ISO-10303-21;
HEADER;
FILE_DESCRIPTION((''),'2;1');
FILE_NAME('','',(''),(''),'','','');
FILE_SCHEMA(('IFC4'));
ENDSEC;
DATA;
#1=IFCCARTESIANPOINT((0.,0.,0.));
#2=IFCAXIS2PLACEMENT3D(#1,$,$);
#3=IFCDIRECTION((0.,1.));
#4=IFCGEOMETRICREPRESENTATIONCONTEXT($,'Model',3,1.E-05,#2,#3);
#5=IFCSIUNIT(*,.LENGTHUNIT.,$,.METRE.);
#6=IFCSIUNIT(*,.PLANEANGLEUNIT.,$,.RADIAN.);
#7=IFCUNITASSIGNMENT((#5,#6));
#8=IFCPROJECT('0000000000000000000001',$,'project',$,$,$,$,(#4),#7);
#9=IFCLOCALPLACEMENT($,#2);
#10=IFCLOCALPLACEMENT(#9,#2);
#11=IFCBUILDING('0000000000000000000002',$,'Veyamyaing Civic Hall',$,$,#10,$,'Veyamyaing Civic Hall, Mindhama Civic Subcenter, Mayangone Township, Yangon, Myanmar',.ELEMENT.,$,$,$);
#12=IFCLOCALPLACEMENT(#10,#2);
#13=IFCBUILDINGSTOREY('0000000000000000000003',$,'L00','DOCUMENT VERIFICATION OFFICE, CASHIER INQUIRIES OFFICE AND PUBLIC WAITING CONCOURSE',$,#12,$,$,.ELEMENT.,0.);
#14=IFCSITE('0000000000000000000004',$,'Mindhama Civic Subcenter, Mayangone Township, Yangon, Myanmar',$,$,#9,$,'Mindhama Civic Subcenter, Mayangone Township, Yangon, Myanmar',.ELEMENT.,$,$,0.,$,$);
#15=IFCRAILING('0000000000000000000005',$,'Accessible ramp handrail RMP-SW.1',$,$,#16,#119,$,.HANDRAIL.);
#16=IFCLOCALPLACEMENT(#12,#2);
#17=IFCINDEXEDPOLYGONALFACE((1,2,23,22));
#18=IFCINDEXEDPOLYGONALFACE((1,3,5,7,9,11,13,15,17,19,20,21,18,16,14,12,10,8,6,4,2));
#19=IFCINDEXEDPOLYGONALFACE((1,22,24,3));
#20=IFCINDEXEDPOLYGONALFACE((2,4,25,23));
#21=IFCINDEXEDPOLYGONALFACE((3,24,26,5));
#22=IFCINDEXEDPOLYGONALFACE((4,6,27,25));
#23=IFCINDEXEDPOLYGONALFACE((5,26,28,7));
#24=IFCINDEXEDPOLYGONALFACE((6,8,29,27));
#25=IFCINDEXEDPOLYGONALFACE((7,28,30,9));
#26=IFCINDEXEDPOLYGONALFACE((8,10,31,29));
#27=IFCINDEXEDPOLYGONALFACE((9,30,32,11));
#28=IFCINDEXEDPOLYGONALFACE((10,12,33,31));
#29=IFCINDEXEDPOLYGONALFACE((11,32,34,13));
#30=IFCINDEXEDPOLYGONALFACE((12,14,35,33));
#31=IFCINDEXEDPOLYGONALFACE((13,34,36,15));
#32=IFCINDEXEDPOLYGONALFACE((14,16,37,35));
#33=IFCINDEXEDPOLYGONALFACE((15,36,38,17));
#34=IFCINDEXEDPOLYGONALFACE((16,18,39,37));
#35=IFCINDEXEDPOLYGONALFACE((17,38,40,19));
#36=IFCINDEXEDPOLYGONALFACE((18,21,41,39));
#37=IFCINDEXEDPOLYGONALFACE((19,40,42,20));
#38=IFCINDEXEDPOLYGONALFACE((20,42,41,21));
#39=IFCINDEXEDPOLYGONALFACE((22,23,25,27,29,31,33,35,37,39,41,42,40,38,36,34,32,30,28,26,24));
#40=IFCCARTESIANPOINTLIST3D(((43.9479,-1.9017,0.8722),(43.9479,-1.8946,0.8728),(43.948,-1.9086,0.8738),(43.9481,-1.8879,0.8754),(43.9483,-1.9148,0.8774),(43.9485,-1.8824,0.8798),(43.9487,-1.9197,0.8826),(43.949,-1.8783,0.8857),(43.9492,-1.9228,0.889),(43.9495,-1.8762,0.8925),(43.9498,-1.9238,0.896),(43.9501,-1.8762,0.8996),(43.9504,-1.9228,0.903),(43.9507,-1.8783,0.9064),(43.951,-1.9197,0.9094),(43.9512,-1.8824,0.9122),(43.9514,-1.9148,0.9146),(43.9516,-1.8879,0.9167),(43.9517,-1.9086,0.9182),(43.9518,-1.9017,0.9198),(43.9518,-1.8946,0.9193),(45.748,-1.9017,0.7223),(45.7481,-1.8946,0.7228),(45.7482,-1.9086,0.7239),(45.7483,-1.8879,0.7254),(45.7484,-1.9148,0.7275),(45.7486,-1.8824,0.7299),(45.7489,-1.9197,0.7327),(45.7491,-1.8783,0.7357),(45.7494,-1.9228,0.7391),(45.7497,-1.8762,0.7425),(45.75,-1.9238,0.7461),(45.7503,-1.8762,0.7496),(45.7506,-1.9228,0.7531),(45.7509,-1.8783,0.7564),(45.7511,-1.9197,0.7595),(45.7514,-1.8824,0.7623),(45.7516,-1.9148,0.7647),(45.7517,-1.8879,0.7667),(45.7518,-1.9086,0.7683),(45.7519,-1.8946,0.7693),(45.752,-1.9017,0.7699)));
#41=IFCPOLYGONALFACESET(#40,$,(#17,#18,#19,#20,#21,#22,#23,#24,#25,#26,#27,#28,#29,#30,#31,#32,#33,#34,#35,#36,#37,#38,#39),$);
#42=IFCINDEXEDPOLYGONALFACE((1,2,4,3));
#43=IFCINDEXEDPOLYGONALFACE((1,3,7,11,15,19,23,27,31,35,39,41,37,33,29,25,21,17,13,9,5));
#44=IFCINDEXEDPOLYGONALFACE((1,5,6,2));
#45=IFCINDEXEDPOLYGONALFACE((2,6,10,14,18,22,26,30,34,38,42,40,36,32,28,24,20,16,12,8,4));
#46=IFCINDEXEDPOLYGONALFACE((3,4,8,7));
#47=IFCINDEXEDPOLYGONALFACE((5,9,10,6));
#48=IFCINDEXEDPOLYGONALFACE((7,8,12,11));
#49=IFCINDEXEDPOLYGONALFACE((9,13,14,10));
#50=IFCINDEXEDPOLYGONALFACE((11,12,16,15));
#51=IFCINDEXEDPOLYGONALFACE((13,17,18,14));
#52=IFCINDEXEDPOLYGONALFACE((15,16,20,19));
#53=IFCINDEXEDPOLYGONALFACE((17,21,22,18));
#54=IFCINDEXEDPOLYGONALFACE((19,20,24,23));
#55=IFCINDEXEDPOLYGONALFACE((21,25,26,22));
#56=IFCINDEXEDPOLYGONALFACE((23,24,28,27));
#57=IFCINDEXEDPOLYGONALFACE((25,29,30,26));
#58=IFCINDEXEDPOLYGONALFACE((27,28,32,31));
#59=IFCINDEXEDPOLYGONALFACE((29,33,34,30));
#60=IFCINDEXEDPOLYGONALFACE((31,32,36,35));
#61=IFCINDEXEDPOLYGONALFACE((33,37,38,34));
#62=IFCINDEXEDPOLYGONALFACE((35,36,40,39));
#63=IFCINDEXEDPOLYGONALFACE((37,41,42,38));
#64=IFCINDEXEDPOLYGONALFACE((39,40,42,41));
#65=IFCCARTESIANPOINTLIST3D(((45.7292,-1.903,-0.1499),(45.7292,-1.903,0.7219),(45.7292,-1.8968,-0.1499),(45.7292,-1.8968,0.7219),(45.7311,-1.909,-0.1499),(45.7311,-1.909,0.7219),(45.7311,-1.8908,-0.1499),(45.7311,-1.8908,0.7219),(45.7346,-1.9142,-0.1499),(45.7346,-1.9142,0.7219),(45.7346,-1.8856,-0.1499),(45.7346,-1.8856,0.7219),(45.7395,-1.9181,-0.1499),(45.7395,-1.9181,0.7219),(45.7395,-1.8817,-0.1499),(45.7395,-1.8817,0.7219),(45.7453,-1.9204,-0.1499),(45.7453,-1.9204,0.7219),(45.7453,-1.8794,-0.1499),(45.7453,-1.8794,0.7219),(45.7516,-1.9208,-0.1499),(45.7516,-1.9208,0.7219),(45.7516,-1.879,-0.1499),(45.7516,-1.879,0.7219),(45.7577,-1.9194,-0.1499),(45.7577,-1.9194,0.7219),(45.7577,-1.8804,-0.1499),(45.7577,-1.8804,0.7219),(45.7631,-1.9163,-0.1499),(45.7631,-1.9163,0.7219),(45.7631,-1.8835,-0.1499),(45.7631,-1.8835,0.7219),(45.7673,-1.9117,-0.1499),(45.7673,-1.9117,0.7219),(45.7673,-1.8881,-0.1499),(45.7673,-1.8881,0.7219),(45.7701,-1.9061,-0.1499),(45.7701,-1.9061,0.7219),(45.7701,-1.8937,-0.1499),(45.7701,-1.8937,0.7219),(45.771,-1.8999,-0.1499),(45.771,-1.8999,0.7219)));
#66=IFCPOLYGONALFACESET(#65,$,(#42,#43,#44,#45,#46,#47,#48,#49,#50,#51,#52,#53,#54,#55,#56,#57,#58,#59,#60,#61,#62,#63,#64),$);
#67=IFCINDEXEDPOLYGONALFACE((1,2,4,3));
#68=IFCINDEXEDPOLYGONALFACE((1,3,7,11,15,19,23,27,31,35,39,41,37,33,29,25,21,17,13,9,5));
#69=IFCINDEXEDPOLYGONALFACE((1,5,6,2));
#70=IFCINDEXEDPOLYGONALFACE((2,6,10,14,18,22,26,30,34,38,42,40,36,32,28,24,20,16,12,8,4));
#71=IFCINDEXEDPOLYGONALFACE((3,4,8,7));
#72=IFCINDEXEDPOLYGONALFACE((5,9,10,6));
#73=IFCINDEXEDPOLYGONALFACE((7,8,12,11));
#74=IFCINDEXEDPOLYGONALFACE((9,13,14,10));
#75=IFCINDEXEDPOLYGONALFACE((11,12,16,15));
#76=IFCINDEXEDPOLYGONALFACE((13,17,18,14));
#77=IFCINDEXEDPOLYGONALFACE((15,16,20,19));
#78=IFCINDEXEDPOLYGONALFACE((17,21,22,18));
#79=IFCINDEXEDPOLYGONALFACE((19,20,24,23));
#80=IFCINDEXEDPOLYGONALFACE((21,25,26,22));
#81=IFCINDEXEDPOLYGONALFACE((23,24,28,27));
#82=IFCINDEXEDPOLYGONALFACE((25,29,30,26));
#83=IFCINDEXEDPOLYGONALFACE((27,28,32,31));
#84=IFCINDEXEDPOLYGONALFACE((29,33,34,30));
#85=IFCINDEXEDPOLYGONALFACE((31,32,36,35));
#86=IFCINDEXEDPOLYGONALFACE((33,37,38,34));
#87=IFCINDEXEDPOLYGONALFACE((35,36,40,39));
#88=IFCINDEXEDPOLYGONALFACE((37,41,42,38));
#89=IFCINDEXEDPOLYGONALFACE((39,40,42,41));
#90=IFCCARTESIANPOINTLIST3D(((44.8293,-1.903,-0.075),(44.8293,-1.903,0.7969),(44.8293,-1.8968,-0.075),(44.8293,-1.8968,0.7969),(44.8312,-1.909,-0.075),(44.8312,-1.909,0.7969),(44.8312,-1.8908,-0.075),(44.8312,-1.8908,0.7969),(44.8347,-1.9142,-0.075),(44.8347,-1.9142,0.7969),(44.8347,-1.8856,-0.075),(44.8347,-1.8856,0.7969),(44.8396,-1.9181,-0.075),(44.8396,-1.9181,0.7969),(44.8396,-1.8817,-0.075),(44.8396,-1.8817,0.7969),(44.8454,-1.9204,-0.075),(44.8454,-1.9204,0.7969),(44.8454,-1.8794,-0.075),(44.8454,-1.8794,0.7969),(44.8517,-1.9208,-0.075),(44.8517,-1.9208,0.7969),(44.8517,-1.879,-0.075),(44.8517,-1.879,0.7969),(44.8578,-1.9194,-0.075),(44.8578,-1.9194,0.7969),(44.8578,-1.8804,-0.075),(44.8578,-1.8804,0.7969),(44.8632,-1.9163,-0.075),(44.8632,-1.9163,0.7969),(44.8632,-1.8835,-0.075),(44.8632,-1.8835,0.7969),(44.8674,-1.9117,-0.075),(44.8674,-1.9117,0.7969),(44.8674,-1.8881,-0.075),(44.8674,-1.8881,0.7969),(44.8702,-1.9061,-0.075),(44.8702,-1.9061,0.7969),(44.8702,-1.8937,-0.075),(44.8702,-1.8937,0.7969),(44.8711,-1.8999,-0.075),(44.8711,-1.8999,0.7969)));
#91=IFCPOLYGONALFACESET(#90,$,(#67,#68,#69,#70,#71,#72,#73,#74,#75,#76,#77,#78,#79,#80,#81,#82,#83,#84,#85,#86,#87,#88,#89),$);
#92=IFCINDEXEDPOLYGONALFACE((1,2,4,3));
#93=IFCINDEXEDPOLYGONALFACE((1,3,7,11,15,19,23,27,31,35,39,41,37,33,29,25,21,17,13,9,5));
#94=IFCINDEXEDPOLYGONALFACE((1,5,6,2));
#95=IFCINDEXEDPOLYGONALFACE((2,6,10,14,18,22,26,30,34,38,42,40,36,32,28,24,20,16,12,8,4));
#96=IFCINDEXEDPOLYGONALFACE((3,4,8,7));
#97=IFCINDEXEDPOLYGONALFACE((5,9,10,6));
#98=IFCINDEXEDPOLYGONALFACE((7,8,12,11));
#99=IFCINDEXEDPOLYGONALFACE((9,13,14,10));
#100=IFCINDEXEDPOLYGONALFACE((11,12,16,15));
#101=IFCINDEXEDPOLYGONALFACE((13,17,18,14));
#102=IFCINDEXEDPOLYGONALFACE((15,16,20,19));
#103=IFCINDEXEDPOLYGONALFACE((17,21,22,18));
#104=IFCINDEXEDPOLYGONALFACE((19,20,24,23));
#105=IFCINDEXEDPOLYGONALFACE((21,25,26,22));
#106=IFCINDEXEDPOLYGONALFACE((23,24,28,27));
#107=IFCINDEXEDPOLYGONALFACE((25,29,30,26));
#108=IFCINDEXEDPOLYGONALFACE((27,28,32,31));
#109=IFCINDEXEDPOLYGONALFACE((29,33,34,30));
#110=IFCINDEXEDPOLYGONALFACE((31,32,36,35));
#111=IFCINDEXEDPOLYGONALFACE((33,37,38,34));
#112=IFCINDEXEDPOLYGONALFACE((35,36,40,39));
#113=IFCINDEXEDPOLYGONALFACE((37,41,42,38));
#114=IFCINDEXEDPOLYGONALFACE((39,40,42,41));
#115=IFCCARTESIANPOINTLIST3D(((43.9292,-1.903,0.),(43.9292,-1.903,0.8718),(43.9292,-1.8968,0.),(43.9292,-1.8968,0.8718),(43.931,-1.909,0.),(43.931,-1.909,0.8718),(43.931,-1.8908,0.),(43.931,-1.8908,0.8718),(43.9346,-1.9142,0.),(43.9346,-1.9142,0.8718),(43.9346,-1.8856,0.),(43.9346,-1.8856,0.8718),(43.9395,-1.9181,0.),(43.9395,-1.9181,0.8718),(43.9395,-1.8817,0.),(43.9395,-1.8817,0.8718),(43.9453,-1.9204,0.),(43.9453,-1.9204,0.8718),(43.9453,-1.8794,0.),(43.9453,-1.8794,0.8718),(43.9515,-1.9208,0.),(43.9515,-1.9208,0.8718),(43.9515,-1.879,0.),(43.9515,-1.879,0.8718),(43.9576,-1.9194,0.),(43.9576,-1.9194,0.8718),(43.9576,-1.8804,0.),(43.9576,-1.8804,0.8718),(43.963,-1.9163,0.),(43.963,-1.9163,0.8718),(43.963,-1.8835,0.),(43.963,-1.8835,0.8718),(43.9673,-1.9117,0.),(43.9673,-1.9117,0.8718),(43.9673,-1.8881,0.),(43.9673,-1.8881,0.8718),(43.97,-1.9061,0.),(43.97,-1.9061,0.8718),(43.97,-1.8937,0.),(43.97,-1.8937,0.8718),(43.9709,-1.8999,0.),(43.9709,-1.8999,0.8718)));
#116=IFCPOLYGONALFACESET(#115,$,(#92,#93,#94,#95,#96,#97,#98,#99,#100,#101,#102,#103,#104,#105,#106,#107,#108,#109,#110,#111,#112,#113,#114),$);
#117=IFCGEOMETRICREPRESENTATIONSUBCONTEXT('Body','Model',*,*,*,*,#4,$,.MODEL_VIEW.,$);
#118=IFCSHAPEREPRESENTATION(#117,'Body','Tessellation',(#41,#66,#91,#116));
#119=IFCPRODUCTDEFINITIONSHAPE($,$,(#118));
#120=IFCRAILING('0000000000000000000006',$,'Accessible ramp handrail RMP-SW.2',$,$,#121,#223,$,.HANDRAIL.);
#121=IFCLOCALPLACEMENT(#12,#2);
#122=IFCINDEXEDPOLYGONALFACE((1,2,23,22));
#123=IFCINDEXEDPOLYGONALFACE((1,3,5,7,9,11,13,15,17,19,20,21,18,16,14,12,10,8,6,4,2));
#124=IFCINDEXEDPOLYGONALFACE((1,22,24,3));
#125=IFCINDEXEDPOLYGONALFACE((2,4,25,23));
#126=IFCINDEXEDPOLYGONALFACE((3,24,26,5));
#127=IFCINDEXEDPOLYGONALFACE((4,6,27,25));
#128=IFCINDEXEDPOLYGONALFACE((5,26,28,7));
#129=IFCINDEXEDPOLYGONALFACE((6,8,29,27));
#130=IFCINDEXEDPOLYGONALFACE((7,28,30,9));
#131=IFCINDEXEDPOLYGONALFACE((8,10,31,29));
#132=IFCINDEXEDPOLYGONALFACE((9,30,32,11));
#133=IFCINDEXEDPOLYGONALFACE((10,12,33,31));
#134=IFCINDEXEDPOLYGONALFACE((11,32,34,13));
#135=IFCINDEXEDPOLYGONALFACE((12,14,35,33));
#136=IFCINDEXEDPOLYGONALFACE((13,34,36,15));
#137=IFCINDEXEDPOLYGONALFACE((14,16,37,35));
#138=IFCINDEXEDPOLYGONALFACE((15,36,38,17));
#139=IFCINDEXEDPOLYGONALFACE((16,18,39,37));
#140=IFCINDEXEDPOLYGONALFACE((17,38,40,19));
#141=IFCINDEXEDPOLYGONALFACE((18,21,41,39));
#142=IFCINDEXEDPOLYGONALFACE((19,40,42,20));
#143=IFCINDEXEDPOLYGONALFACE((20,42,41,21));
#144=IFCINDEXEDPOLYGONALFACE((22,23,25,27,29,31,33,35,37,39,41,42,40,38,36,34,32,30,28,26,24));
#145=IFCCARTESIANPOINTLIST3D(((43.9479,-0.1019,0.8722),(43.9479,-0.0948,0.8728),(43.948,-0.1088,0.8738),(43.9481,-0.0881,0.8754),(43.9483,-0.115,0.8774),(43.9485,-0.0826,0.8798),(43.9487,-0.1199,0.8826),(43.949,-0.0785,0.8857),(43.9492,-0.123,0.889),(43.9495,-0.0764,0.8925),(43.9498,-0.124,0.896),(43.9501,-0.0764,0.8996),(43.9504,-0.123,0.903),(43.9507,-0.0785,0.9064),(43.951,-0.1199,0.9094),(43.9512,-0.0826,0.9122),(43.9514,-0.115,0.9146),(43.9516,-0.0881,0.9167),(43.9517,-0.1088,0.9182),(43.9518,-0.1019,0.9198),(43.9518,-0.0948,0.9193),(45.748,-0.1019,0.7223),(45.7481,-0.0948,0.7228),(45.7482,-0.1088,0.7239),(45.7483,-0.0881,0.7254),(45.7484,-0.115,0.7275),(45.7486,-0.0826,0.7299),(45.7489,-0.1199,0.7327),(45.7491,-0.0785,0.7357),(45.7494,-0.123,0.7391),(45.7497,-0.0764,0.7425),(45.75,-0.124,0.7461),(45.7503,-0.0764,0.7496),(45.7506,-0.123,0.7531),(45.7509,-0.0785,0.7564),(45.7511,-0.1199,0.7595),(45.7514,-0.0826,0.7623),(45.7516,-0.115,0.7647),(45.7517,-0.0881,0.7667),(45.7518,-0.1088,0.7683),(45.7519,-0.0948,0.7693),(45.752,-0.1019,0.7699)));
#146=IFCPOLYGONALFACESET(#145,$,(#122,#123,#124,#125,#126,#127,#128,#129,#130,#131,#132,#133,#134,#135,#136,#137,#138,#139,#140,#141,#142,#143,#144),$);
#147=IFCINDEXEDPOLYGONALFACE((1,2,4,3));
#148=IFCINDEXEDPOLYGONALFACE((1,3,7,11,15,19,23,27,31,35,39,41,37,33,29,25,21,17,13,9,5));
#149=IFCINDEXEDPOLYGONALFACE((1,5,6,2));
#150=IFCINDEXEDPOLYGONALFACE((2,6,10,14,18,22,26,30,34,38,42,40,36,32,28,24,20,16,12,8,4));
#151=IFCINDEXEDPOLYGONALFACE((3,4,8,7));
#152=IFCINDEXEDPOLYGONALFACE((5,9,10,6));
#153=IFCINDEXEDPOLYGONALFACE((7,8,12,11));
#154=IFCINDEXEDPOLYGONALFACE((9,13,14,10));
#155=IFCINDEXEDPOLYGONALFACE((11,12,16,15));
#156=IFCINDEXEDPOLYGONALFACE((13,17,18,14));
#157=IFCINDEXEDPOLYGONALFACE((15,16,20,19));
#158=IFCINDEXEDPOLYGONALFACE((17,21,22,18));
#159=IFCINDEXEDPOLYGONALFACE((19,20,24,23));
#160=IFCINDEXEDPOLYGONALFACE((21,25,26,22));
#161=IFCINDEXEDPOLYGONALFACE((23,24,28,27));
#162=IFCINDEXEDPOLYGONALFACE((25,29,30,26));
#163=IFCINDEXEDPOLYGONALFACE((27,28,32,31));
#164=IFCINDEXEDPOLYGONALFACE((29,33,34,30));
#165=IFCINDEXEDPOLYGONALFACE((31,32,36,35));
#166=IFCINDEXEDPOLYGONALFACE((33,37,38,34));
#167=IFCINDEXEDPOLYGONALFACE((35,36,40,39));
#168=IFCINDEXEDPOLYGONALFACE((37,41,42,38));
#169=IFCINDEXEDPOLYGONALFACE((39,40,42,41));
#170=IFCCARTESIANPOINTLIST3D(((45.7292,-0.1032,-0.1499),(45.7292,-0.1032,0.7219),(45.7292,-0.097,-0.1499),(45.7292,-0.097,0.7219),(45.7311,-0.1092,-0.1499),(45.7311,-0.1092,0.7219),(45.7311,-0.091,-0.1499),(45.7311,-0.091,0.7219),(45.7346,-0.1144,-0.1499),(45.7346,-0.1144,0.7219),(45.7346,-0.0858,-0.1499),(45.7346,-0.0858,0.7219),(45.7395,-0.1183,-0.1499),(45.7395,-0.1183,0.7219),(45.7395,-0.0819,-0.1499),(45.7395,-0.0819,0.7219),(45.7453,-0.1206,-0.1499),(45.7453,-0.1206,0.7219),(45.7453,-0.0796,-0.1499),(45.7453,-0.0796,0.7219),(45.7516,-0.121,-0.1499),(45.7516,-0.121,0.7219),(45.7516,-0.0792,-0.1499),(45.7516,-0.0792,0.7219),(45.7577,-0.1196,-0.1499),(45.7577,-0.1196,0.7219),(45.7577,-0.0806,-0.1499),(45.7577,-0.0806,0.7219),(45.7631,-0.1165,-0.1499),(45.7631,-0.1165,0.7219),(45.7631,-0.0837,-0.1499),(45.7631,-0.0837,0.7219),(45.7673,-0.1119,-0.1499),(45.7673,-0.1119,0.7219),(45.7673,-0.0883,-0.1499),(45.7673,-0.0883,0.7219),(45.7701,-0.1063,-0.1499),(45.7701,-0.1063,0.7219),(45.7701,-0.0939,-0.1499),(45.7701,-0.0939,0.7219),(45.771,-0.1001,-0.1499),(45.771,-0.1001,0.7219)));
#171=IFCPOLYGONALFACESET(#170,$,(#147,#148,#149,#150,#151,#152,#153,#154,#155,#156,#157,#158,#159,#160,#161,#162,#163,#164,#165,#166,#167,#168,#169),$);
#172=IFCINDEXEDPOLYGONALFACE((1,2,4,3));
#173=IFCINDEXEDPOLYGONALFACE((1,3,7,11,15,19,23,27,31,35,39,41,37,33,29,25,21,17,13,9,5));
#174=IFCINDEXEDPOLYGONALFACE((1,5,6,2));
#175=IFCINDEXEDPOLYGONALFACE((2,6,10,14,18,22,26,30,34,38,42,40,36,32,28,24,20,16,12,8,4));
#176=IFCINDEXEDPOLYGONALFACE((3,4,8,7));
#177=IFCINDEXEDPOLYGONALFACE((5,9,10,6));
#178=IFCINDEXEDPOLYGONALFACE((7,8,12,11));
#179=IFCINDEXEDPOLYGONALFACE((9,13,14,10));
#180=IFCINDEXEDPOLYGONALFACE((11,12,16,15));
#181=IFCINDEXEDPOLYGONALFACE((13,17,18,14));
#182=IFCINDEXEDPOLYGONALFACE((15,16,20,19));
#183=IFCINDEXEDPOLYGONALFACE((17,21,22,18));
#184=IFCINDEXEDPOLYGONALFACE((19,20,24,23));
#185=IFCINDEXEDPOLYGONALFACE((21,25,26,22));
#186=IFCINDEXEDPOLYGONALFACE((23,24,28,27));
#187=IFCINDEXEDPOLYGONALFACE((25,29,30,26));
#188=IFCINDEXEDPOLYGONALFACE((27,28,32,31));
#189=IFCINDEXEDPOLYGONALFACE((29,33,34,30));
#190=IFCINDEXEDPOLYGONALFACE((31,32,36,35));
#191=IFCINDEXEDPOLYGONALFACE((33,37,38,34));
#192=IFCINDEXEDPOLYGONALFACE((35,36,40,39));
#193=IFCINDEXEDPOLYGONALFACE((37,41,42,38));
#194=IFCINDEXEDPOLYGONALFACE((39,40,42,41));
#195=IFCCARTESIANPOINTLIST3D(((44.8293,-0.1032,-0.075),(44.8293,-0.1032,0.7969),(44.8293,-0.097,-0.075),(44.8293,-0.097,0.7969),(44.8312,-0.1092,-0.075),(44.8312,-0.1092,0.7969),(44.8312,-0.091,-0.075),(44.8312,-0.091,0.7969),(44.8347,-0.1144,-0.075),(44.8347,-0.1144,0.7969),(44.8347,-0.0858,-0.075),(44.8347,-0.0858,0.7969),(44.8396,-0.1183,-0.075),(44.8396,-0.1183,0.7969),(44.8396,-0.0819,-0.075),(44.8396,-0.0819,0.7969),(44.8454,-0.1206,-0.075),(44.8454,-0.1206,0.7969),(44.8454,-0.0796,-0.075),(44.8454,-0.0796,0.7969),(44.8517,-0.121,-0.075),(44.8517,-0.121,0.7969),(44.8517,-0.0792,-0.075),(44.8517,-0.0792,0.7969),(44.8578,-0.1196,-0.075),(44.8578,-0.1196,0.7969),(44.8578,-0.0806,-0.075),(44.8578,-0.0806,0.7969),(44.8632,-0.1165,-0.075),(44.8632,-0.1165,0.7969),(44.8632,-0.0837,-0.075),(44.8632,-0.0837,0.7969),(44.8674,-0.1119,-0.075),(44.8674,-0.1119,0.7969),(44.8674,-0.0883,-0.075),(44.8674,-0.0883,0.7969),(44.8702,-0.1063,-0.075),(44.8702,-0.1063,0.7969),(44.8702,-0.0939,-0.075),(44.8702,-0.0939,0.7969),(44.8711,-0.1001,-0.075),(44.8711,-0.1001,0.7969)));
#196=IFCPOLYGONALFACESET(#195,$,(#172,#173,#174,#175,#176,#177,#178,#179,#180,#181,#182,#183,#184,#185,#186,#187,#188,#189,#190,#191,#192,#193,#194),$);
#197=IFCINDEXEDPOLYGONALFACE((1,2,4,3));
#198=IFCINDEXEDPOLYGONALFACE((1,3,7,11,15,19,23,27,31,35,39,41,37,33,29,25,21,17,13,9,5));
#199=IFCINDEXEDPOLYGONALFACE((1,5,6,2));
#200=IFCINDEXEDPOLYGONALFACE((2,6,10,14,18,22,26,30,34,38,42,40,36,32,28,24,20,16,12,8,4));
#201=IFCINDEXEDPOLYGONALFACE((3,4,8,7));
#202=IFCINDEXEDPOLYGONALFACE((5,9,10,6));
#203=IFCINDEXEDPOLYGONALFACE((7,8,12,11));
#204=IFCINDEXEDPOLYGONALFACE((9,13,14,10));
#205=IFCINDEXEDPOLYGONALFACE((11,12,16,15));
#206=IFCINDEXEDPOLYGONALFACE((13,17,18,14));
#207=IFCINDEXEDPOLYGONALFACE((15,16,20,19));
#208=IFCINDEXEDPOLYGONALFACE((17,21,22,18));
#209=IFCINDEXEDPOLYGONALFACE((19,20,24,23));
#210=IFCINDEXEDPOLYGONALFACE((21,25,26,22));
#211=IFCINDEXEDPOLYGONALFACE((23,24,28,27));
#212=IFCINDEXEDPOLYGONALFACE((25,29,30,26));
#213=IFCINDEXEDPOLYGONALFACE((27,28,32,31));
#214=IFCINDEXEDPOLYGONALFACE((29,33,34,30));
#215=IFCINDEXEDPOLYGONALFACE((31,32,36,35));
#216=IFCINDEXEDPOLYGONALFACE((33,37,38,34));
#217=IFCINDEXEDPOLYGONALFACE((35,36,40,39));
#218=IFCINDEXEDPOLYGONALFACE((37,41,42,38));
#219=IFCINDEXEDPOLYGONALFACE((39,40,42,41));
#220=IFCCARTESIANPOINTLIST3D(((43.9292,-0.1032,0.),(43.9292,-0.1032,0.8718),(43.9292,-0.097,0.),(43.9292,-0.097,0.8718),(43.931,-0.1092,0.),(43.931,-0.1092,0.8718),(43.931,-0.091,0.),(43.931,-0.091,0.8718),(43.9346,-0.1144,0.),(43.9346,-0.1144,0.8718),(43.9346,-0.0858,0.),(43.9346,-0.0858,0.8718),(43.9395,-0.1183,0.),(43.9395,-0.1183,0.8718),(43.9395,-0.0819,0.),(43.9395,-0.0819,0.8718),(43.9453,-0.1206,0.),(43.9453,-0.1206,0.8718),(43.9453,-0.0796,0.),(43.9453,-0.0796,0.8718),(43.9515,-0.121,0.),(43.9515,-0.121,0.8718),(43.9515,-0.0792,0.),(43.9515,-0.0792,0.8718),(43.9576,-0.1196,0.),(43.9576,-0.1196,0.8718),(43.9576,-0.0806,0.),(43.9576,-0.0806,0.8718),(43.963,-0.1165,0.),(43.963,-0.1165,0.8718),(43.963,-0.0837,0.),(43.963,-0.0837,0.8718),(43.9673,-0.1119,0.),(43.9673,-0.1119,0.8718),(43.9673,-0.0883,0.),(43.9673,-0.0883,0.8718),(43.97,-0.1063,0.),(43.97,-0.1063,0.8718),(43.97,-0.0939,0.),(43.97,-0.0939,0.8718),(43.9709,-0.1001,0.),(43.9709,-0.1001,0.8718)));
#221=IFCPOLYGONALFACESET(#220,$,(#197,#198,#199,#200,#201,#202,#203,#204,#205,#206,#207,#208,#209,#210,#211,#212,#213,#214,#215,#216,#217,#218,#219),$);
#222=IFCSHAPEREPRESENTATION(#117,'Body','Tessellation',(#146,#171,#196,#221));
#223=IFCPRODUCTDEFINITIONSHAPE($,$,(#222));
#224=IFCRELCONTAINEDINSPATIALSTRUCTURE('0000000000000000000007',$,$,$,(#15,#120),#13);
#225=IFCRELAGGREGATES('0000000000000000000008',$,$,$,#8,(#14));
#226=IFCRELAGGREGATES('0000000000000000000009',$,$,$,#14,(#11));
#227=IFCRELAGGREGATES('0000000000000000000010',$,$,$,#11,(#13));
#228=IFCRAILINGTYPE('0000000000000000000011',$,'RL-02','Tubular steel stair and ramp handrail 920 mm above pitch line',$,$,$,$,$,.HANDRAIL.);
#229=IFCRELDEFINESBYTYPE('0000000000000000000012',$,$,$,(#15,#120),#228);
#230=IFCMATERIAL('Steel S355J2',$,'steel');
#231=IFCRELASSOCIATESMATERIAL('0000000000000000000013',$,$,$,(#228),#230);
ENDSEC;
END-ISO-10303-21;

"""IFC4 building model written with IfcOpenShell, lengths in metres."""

from ifc_helpers import new_model, si_unit, direction, frame, origin, origin_2d, place, context, subcontext, project, spatial, circle, extrude, material, type_object, element, save


model = new_model("IFC4")

# Units and contexts
model_context = context("Model", 3, precision=1e-05, world=origin(), true_north=direction((0.0, 1.0)))
body_context = subcontext(model_context, "Body", "Model", "MODEL_VIEW")
ifc_project = project(units=[si_unit("LENGTHUNIT", "METRE"), si_unit("PLANEANGLEUNIT", "RADIAN")], contexts=[model_context])

# Site, building, storey
site_placement = place(None, origin())
site = spatial("IfcSite", under=ifc_project, at=site_placement, Name="Mindhama Civic Subcenter, Mayangone Township, Yangon, Myanmar", LongName="Mindhama Civic Subcenter, Mayangone Township, Yangon, Myanmar", CompositionType="ELEMENT", RefElevation=0.0)
building_placement = place(site_placement, origin())
building = spatial("IfcBuilding", under=site, at=building_placement, Name="Veyamyaing Civic Hall", LongName="Veyamyaing Civic Hall, Mindhama Civic Subcenter, Mayangone Township, Yangon, Myanmar", CompositionType="ELEMENT")
storey_placement = place(building_placement, origin())
storey = spatial("IfcBuildingStorey", under=building, at=storey_placement, Name="L00", Description="DOCUMENT VERIFICATION OFFICE, CASHIER INQUIRIES OFFICE AND PUBLIC WAITING CONCOURSE", CompositionType="ELEMENT", Elevation=0.0)

# Railings
ifc_material_1 = material(Name="Steel S355J2", Category="steel")
railing_type = type_object("IfcRailingType", Name="RL-02", Description="Tubular steel stair and ramp handrail 920 mm above pitch line", PredefinedType="HANDRAIL", material=ifc_material_1)
for number, where, name in (
    (1, (45.75, -1.8999, -0.1499), "Accessible ramp handrail RMP-SW.1"),
    (2, (45.75, -0.1001, -0.1499), "Accessible ramp handrail RMP-SW.2"),
):
    element("IfcRailing", number, at=place(storey_placement, frame(where)), inside=storey, type_object=railing_type, Name=name, PredefinedType="HANDRAIL", context=body_context, shape_type="SweptSolid", body=[
        extrude(circle(Radius=0.0239, at=origin_2d()), frame((0.0, 0.0, 0.896), z_axis=(-0.99655, 0.0, 0.08299), x_axis=(0.0, -1.0, 0.0)), (0.0, 0.0, 1.0), 1.8064),
        extrude(circle(Radius=0.021, at=origin_2d()), origin(), (0.0, 0.0, 1.0), 0.8718),
        extrude(circle(Radius=0.021, at=origin_2d()), frame((-0.8999, 0.0, 0.075)), (0.0, 0.0, 1.0), 0.8718),
        extrude(circle(Radius=0.021, at=origin_2d()), frame((-1.8, 0.0, 0.1499)), (0.0, 0.0, 1.0), 0.8718),
    ])

save(model, "model.ifc")
